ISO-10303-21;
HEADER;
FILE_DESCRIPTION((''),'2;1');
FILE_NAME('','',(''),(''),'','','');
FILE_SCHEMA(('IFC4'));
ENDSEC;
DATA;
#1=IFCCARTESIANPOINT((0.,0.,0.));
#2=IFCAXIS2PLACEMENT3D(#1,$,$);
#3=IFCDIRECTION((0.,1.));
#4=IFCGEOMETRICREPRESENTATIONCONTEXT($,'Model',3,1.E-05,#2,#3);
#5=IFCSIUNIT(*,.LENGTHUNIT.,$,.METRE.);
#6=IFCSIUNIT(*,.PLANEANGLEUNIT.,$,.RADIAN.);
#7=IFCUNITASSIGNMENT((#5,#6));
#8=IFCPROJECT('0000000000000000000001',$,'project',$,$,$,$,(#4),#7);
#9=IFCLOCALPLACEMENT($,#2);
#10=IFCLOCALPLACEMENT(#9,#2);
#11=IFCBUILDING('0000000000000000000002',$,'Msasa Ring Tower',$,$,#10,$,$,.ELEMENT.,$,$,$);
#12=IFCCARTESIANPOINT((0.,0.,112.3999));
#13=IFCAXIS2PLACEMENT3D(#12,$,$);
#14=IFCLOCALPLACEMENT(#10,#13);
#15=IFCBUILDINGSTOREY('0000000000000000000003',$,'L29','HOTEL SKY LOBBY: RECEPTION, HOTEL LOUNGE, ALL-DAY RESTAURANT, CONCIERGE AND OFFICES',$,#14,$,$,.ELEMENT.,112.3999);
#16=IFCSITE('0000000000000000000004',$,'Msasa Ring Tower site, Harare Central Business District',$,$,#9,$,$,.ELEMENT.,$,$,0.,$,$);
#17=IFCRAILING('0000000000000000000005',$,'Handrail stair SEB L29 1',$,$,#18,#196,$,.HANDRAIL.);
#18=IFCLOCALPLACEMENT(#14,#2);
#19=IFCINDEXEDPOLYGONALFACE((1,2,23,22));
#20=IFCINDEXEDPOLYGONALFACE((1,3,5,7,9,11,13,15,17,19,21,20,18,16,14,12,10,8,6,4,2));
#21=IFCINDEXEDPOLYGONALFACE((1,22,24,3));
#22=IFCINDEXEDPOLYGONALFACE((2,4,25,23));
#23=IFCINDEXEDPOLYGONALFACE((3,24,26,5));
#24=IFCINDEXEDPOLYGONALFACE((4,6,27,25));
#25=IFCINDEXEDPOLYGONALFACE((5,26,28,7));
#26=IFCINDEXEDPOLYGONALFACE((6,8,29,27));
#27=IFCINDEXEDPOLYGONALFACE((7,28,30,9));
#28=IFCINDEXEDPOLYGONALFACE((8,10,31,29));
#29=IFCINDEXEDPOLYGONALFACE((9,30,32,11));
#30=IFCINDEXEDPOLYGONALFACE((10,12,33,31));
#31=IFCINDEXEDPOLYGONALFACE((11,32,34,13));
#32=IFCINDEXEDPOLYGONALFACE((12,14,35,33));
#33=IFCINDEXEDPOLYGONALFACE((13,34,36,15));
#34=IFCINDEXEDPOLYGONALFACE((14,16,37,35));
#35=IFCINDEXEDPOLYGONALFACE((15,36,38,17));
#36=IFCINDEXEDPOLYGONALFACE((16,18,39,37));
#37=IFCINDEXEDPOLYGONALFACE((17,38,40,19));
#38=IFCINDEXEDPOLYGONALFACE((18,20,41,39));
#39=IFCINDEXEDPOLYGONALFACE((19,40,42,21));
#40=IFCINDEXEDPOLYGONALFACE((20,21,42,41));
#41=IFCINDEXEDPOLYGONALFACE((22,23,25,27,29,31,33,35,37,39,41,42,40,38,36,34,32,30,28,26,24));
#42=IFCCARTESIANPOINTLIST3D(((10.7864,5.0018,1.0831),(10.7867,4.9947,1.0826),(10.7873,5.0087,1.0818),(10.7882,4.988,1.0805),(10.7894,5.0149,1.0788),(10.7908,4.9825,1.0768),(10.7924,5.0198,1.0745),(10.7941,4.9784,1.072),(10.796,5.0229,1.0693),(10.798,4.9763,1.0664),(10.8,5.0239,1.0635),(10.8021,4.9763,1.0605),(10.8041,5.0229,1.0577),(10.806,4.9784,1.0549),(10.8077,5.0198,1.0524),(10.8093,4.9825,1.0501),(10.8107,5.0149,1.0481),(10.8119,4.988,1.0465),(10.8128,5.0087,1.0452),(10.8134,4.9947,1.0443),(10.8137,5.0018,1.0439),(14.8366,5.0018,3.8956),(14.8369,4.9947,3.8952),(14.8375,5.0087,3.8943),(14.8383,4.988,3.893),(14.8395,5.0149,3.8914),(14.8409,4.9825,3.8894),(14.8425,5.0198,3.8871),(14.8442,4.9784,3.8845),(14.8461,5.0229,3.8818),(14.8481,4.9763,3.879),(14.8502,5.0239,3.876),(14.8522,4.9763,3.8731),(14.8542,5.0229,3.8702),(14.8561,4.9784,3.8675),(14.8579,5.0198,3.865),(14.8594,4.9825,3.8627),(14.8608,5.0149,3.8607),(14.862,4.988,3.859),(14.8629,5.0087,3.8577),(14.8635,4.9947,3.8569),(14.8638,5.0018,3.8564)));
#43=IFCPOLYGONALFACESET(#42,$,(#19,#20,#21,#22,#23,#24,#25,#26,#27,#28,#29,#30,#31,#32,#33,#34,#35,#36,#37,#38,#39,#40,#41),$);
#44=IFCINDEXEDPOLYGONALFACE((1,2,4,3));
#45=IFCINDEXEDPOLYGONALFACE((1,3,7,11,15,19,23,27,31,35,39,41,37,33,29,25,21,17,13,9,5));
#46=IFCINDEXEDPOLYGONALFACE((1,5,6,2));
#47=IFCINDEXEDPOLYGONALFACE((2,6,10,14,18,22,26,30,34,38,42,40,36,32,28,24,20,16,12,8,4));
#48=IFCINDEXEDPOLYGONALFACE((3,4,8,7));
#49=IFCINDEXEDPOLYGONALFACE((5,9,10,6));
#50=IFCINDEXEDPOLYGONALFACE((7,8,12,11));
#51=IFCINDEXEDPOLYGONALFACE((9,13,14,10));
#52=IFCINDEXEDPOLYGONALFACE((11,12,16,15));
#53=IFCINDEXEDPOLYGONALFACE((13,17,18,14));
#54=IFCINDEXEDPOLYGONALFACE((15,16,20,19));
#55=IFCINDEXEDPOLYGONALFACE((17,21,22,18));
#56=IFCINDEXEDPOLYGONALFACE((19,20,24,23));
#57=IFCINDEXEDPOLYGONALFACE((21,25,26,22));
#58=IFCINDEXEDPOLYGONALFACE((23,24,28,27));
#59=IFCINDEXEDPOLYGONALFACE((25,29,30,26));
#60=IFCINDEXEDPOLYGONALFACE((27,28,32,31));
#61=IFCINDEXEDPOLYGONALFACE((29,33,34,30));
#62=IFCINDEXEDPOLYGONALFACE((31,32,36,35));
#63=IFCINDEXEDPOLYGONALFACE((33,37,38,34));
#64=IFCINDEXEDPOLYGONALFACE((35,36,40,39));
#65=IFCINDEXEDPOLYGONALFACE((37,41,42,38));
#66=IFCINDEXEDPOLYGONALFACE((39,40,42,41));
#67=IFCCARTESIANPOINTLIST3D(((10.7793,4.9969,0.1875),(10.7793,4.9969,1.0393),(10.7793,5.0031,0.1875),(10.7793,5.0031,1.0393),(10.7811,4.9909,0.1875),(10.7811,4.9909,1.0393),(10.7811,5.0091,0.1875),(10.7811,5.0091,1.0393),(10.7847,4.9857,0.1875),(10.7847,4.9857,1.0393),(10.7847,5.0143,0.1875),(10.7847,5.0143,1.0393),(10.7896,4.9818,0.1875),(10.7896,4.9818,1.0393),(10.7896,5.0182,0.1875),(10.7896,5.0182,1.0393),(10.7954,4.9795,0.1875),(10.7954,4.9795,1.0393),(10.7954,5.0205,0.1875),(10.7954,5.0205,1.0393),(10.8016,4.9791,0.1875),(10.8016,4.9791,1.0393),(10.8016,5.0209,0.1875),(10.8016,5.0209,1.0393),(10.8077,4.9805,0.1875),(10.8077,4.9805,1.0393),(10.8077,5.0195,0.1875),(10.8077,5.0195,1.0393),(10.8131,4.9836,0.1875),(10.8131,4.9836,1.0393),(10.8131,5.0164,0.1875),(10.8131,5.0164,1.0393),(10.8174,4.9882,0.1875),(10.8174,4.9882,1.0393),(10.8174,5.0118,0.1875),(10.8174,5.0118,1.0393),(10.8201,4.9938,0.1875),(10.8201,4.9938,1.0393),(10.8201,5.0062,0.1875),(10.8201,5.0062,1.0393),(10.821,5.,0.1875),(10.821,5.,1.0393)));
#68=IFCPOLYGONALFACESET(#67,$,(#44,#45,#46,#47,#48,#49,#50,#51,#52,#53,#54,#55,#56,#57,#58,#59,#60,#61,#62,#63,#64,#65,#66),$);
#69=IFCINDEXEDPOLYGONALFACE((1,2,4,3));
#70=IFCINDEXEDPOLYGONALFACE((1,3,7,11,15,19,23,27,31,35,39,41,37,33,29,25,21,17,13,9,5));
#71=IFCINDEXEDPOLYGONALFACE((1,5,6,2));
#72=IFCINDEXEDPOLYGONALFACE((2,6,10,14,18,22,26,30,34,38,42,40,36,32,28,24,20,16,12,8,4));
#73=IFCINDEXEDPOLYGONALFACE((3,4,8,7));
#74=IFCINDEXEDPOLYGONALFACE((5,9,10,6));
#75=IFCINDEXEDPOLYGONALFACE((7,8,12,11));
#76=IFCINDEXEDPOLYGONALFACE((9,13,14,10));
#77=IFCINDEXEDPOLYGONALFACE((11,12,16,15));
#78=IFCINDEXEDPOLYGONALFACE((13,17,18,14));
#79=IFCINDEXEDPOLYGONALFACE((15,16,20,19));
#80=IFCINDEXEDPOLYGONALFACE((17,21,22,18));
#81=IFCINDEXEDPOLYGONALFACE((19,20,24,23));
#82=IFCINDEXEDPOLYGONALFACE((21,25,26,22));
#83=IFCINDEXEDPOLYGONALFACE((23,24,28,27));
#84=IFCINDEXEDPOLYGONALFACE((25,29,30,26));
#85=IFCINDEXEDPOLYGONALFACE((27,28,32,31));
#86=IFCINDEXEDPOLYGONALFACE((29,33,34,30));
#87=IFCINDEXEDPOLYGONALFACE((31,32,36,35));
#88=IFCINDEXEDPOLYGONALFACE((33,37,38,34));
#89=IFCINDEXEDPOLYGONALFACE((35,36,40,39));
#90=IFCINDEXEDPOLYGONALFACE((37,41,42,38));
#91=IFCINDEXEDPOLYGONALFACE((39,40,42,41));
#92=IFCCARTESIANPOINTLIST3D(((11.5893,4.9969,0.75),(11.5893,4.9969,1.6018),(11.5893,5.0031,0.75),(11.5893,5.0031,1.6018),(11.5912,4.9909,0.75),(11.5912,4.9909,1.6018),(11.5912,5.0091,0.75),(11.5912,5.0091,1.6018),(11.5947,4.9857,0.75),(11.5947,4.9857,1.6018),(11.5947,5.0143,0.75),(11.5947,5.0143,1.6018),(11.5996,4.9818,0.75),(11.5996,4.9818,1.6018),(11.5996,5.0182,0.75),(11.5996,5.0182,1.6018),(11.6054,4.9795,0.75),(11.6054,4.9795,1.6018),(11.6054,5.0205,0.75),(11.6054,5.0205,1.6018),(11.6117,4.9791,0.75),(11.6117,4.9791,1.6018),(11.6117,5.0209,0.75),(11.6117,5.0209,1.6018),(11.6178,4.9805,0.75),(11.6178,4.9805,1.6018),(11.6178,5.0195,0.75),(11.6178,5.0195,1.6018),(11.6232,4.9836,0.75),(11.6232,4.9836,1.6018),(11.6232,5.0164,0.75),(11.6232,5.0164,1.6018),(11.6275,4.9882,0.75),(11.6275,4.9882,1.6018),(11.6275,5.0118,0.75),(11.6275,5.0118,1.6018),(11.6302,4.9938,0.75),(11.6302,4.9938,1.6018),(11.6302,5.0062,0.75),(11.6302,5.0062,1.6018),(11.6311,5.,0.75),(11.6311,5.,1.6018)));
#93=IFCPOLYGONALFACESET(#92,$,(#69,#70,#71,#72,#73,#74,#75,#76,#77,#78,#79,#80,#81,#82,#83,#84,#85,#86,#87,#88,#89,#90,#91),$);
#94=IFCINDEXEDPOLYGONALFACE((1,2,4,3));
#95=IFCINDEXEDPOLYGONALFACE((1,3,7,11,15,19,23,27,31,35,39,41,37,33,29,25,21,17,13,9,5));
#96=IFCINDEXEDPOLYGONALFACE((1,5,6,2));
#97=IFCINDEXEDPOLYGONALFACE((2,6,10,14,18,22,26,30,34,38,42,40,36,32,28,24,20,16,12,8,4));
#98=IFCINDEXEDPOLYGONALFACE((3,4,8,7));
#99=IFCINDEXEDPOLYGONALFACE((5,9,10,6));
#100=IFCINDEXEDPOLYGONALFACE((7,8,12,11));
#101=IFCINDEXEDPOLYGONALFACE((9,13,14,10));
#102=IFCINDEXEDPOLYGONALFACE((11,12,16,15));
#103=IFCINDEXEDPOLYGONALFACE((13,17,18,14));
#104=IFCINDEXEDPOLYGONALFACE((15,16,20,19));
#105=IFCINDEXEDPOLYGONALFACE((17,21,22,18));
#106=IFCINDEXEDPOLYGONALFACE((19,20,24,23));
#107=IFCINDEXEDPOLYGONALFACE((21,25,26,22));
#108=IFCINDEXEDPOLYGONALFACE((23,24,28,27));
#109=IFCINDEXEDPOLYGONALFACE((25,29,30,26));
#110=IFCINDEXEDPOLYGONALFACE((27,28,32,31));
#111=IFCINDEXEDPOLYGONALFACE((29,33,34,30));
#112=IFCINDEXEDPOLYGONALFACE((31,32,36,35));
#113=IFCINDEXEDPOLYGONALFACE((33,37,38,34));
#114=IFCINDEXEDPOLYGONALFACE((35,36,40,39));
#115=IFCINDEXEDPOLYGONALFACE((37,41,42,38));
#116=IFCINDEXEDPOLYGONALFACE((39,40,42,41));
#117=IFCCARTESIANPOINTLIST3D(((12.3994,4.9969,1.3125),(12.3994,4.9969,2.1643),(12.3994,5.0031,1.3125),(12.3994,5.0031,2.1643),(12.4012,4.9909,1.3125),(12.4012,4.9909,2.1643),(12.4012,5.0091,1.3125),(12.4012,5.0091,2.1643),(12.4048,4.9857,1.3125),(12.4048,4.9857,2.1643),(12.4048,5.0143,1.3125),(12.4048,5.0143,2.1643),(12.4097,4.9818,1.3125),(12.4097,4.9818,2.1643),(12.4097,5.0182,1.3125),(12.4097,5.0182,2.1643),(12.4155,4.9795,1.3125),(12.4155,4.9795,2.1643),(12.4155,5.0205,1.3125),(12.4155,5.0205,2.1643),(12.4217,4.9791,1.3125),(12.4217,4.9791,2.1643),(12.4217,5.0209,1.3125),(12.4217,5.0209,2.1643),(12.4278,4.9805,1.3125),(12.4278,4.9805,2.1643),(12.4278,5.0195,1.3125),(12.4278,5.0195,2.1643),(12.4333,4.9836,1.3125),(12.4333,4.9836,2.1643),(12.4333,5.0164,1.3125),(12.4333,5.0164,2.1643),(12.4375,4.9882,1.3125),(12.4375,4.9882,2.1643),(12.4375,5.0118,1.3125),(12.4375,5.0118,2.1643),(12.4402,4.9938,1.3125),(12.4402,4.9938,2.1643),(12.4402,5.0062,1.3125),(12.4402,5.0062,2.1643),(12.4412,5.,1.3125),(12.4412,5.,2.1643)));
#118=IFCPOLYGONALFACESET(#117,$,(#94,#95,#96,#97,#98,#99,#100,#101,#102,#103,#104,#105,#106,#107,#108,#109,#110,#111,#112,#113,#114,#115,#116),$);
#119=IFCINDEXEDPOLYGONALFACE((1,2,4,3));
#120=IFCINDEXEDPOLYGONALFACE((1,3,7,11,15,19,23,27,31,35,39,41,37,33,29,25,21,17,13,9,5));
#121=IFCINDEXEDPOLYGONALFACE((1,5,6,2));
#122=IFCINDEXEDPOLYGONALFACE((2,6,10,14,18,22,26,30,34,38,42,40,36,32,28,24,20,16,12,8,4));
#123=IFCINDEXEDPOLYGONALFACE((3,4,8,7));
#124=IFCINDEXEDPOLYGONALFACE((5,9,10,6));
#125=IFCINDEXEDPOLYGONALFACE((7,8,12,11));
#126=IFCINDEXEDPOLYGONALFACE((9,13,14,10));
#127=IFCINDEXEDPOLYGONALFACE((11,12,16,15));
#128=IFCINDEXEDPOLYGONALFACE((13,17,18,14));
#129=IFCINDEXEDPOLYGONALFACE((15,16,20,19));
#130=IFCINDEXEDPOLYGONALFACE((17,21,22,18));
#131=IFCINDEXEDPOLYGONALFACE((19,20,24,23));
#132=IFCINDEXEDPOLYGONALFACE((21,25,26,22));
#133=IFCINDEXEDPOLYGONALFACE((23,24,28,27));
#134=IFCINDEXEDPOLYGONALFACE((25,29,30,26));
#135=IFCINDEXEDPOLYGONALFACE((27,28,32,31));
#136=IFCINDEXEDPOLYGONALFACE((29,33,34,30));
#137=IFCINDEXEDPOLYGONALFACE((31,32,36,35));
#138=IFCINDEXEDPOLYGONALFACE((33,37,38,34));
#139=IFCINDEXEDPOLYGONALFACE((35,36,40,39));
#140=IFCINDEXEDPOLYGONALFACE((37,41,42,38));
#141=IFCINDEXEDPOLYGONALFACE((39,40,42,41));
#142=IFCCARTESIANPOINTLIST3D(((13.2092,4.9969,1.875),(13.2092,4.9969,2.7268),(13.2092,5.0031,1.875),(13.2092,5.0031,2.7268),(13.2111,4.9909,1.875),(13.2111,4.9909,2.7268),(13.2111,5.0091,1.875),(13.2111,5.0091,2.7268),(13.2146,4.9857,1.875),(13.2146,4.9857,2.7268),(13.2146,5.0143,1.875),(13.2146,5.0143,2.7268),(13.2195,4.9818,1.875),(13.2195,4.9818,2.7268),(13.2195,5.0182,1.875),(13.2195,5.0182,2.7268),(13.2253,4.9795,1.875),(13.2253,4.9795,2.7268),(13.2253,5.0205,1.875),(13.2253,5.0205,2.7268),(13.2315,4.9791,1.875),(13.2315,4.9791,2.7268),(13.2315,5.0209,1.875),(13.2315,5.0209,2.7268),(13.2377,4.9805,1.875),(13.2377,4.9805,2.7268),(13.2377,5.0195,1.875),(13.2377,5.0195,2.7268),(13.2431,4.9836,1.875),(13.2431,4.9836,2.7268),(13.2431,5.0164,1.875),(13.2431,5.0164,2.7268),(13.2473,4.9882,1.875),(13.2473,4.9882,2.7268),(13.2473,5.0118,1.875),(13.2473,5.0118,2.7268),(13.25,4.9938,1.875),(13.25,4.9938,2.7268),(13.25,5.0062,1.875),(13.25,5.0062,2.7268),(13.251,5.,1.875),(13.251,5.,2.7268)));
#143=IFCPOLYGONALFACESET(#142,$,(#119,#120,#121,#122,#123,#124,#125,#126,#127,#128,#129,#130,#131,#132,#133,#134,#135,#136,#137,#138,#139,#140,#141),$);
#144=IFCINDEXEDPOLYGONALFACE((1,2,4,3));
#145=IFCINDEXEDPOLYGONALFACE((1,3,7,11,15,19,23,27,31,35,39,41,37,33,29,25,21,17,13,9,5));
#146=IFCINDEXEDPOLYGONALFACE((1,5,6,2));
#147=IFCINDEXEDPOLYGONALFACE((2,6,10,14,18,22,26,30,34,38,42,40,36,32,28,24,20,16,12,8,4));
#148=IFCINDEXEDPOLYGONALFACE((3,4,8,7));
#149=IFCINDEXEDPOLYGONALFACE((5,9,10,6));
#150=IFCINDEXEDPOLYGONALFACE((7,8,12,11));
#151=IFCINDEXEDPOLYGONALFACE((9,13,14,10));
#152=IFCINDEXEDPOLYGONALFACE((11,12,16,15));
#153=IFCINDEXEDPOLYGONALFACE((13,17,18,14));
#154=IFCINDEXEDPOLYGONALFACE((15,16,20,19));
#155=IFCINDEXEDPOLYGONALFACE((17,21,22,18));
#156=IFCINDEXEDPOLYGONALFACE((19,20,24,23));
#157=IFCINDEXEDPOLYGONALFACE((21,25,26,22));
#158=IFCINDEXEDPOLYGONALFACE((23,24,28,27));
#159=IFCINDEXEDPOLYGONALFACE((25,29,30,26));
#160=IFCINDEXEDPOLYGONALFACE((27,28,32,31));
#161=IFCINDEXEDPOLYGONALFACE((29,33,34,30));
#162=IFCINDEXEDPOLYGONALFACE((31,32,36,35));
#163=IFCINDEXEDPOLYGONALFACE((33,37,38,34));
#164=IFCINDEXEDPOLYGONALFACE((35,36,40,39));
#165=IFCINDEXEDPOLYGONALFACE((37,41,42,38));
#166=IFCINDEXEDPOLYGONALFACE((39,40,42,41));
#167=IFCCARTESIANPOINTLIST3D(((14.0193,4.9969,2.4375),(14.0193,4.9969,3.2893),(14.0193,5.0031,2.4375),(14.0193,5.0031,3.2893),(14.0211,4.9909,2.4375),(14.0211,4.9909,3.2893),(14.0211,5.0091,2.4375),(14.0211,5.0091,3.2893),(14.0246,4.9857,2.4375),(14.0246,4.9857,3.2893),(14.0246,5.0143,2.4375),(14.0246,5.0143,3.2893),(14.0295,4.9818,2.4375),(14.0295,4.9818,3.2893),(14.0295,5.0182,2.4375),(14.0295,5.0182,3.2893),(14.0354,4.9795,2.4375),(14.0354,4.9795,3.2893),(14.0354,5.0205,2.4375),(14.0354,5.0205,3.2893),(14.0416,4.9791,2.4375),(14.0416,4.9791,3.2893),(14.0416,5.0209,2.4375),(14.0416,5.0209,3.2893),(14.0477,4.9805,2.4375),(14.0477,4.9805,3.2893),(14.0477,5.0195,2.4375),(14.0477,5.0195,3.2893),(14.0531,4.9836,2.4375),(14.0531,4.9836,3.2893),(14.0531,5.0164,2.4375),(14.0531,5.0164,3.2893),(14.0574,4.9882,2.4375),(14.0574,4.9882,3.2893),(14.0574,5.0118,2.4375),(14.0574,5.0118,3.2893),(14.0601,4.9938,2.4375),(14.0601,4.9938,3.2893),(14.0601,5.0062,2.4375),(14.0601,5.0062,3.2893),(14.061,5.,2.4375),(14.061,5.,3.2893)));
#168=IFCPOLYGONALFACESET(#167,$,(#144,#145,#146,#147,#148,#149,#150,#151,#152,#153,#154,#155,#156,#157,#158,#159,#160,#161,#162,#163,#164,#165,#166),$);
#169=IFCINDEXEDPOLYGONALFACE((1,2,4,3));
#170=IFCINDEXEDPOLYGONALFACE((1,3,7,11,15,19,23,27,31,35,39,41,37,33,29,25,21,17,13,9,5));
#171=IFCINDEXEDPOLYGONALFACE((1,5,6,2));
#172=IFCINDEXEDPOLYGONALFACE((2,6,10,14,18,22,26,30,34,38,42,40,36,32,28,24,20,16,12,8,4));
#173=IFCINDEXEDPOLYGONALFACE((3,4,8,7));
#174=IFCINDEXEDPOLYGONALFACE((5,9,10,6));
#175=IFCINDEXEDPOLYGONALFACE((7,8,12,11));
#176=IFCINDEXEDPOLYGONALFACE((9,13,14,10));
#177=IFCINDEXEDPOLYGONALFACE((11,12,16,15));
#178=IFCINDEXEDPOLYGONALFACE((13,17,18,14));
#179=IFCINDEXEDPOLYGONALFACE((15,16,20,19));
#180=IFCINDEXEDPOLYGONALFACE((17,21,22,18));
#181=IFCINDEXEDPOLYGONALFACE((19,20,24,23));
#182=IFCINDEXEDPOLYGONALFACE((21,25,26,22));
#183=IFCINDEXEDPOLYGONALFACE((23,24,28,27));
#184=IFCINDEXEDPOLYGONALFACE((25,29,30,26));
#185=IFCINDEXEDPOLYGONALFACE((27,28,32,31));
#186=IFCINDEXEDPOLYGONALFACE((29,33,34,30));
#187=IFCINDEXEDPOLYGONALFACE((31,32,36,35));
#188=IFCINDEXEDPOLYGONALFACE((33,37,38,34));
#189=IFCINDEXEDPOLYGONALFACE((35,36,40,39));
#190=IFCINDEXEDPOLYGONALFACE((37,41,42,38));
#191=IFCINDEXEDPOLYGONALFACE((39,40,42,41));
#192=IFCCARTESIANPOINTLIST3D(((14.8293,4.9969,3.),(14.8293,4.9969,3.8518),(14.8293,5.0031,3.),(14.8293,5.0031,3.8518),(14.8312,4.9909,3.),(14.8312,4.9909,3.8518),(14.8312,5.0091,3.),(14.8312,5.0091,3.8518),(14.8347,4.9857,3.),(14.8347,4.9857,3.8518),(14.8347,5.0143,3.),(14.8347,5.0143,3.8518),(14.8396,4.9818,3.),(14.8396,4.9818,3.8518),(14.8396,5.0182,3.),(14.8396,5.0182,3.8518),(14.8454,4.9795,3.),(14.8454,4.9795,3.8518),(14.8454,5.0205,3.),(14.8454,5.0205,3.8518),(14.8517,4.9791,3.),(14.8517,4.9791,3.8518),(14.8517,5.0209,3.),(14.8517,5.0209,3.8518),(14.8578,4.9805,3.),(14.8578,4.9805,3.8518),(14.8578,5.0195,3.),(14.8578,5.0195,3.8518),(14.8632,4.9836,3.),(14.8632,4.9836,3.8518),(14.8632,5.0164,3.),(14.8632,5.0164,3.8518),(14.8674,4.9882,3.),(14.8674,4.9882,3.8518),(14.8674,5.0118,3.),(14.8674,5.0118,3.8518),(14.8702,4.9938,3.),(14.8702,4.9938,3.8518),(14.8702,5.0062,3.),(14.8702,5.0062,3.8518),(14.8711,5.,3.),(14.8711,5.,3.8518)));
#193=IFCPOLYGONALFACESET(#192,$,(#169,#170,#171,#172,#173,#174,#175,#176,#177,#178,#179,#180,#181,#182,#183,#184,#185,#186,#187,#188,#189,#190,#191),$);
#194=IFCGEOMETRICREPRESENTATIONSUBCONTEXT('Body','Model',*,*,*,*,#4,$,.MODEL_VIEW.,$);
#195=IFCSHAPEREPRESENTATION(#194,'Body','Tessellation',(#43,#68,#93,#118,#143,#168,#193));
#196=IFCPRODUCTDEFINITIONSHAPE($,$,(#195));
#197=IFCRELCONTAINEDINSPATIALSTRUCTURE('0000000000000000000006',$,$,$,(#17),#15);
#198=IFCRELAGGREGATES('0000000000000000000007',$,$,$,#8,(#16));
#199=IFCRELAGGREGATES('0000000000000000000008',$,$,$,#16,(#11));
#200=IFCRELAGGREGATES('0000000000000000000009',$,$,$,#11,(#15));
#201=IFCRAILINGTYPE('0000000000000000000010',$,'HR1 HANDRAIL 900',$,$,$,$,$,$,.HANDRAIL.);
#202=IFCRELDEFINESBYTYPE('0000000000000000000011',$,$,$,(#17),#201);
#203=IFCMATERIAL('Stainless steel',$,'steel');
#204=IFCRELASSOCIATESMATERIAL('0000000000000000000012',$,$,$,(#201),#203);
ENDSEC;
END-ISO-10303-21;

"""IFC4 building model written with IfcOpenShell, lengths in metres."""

from ifc_helpers import new_model, si_unit, direction, frame, origin, origin_2d, place, context, subcontext, project, spatial, circle, extrude, material, type_object, element, save


model = new_model("IFC4")

# Units and contexts
model_context = context("Model", 3, precision=1e-05, world=origin(), true_north=direction((0.0, 1.0)))
body_context = subcontext(model_context, "Body", "Model", "MODEL_VIEW")
ifc_project = project(units=[si_unit("LENGTHUNIT", "METRE"), si_unit("PLANEANGLEUNIT", "RADIAN")], contexts=[model_context])

# Site, building, storey
site_placement = place(None, origin())
site = spatial("IfcSite", under=ifc_project, at=site_placement, Name="Msasa Ring Tower site, Harare Central Business District", CompositionType="ELEMENT", RefElevation=0.0)
building_placement = place(site_placement, origin())
building = spatial("IfcBuilding", under=site, at=building_placement, Name="Msasa Ring Tower", CompositionType="ELEMENT")
storey_placement = place(building_placement, frame((0.0, 0.0, 112.3999)))
storey = spatial("IfcBuildingStorey", under=building, at=storey_placement, Name="L29", Description="HOTEL SKY LOBBY: RECEPTION, HOTEL LOUNGE, ALL-DAY RESTAURANT, CONCIERGE AND OFFICES", CompositionType="ELEMENT", Elevation=112.3999)

# Railing
ifc_material_1 = material(Name="Stainless steel", Category="steel")
railing_type = type_object("IfcRailingType", Name="HR1 HANDRAIL 900", PredefinedType="HANDRAIL", material=ifc_material_1)
for number, where, name in (
    (1, (10.8, 5.0, 0.1875), "Handrail stair SEB L29 1"),
):
    element("IfcRailing", number, at=place(storey_placement, frame(where)), inside=storey, type_object=railing_type, Name=name, PredefinedType="HANDRAIL", context=body_context, shape_type="SweptSolid", body=[
        extrude(circle(Radius=0.0239, at=origin_2d()), frame((0.0, 0.0, 0.876), z_axis=(0.821373, 0.0, 0.570391), x_axis=(0.0, 1.0, 0.0)), (0.0, 0.0, 1.0), 4.9309),
        extrude(circle(Radius=0.021, at=origin_2d()), origin(), (0.0, 0.0, 1.0), 0.8518),
        extrude(circle(Radius=0.021, at=origin_2d()), frame((0.8101, 0.0, 0.5625)), (0.0, 0.0, 1.0), 0.8518),
        extrude(circle(Radius=0.021, at=origin_2d()), frame((1.6201, 0.0, 1.125)), (0.0, 0.0, 1.0), 0.8518),
        extrude(circle(Radius=0.021, at=origin_2d()), frame((2.4299, 0.0, 1.6875)), (0.0, 0.0, 1.0), 0.8518),
        extrude(circle(Radius=0.021, at=origin_2d()), frame((3.24, 0.0, 2.25)), (0.0, 0.0, 1.0), 0.8518),
        extrude(circle(Radius=0.021, at=origin_2d()), frame((4.05, 0.0, 2.8125)), (0.0, 0.0, 1.0), 0.8518),
    ])

save(model, "model.ifc")
